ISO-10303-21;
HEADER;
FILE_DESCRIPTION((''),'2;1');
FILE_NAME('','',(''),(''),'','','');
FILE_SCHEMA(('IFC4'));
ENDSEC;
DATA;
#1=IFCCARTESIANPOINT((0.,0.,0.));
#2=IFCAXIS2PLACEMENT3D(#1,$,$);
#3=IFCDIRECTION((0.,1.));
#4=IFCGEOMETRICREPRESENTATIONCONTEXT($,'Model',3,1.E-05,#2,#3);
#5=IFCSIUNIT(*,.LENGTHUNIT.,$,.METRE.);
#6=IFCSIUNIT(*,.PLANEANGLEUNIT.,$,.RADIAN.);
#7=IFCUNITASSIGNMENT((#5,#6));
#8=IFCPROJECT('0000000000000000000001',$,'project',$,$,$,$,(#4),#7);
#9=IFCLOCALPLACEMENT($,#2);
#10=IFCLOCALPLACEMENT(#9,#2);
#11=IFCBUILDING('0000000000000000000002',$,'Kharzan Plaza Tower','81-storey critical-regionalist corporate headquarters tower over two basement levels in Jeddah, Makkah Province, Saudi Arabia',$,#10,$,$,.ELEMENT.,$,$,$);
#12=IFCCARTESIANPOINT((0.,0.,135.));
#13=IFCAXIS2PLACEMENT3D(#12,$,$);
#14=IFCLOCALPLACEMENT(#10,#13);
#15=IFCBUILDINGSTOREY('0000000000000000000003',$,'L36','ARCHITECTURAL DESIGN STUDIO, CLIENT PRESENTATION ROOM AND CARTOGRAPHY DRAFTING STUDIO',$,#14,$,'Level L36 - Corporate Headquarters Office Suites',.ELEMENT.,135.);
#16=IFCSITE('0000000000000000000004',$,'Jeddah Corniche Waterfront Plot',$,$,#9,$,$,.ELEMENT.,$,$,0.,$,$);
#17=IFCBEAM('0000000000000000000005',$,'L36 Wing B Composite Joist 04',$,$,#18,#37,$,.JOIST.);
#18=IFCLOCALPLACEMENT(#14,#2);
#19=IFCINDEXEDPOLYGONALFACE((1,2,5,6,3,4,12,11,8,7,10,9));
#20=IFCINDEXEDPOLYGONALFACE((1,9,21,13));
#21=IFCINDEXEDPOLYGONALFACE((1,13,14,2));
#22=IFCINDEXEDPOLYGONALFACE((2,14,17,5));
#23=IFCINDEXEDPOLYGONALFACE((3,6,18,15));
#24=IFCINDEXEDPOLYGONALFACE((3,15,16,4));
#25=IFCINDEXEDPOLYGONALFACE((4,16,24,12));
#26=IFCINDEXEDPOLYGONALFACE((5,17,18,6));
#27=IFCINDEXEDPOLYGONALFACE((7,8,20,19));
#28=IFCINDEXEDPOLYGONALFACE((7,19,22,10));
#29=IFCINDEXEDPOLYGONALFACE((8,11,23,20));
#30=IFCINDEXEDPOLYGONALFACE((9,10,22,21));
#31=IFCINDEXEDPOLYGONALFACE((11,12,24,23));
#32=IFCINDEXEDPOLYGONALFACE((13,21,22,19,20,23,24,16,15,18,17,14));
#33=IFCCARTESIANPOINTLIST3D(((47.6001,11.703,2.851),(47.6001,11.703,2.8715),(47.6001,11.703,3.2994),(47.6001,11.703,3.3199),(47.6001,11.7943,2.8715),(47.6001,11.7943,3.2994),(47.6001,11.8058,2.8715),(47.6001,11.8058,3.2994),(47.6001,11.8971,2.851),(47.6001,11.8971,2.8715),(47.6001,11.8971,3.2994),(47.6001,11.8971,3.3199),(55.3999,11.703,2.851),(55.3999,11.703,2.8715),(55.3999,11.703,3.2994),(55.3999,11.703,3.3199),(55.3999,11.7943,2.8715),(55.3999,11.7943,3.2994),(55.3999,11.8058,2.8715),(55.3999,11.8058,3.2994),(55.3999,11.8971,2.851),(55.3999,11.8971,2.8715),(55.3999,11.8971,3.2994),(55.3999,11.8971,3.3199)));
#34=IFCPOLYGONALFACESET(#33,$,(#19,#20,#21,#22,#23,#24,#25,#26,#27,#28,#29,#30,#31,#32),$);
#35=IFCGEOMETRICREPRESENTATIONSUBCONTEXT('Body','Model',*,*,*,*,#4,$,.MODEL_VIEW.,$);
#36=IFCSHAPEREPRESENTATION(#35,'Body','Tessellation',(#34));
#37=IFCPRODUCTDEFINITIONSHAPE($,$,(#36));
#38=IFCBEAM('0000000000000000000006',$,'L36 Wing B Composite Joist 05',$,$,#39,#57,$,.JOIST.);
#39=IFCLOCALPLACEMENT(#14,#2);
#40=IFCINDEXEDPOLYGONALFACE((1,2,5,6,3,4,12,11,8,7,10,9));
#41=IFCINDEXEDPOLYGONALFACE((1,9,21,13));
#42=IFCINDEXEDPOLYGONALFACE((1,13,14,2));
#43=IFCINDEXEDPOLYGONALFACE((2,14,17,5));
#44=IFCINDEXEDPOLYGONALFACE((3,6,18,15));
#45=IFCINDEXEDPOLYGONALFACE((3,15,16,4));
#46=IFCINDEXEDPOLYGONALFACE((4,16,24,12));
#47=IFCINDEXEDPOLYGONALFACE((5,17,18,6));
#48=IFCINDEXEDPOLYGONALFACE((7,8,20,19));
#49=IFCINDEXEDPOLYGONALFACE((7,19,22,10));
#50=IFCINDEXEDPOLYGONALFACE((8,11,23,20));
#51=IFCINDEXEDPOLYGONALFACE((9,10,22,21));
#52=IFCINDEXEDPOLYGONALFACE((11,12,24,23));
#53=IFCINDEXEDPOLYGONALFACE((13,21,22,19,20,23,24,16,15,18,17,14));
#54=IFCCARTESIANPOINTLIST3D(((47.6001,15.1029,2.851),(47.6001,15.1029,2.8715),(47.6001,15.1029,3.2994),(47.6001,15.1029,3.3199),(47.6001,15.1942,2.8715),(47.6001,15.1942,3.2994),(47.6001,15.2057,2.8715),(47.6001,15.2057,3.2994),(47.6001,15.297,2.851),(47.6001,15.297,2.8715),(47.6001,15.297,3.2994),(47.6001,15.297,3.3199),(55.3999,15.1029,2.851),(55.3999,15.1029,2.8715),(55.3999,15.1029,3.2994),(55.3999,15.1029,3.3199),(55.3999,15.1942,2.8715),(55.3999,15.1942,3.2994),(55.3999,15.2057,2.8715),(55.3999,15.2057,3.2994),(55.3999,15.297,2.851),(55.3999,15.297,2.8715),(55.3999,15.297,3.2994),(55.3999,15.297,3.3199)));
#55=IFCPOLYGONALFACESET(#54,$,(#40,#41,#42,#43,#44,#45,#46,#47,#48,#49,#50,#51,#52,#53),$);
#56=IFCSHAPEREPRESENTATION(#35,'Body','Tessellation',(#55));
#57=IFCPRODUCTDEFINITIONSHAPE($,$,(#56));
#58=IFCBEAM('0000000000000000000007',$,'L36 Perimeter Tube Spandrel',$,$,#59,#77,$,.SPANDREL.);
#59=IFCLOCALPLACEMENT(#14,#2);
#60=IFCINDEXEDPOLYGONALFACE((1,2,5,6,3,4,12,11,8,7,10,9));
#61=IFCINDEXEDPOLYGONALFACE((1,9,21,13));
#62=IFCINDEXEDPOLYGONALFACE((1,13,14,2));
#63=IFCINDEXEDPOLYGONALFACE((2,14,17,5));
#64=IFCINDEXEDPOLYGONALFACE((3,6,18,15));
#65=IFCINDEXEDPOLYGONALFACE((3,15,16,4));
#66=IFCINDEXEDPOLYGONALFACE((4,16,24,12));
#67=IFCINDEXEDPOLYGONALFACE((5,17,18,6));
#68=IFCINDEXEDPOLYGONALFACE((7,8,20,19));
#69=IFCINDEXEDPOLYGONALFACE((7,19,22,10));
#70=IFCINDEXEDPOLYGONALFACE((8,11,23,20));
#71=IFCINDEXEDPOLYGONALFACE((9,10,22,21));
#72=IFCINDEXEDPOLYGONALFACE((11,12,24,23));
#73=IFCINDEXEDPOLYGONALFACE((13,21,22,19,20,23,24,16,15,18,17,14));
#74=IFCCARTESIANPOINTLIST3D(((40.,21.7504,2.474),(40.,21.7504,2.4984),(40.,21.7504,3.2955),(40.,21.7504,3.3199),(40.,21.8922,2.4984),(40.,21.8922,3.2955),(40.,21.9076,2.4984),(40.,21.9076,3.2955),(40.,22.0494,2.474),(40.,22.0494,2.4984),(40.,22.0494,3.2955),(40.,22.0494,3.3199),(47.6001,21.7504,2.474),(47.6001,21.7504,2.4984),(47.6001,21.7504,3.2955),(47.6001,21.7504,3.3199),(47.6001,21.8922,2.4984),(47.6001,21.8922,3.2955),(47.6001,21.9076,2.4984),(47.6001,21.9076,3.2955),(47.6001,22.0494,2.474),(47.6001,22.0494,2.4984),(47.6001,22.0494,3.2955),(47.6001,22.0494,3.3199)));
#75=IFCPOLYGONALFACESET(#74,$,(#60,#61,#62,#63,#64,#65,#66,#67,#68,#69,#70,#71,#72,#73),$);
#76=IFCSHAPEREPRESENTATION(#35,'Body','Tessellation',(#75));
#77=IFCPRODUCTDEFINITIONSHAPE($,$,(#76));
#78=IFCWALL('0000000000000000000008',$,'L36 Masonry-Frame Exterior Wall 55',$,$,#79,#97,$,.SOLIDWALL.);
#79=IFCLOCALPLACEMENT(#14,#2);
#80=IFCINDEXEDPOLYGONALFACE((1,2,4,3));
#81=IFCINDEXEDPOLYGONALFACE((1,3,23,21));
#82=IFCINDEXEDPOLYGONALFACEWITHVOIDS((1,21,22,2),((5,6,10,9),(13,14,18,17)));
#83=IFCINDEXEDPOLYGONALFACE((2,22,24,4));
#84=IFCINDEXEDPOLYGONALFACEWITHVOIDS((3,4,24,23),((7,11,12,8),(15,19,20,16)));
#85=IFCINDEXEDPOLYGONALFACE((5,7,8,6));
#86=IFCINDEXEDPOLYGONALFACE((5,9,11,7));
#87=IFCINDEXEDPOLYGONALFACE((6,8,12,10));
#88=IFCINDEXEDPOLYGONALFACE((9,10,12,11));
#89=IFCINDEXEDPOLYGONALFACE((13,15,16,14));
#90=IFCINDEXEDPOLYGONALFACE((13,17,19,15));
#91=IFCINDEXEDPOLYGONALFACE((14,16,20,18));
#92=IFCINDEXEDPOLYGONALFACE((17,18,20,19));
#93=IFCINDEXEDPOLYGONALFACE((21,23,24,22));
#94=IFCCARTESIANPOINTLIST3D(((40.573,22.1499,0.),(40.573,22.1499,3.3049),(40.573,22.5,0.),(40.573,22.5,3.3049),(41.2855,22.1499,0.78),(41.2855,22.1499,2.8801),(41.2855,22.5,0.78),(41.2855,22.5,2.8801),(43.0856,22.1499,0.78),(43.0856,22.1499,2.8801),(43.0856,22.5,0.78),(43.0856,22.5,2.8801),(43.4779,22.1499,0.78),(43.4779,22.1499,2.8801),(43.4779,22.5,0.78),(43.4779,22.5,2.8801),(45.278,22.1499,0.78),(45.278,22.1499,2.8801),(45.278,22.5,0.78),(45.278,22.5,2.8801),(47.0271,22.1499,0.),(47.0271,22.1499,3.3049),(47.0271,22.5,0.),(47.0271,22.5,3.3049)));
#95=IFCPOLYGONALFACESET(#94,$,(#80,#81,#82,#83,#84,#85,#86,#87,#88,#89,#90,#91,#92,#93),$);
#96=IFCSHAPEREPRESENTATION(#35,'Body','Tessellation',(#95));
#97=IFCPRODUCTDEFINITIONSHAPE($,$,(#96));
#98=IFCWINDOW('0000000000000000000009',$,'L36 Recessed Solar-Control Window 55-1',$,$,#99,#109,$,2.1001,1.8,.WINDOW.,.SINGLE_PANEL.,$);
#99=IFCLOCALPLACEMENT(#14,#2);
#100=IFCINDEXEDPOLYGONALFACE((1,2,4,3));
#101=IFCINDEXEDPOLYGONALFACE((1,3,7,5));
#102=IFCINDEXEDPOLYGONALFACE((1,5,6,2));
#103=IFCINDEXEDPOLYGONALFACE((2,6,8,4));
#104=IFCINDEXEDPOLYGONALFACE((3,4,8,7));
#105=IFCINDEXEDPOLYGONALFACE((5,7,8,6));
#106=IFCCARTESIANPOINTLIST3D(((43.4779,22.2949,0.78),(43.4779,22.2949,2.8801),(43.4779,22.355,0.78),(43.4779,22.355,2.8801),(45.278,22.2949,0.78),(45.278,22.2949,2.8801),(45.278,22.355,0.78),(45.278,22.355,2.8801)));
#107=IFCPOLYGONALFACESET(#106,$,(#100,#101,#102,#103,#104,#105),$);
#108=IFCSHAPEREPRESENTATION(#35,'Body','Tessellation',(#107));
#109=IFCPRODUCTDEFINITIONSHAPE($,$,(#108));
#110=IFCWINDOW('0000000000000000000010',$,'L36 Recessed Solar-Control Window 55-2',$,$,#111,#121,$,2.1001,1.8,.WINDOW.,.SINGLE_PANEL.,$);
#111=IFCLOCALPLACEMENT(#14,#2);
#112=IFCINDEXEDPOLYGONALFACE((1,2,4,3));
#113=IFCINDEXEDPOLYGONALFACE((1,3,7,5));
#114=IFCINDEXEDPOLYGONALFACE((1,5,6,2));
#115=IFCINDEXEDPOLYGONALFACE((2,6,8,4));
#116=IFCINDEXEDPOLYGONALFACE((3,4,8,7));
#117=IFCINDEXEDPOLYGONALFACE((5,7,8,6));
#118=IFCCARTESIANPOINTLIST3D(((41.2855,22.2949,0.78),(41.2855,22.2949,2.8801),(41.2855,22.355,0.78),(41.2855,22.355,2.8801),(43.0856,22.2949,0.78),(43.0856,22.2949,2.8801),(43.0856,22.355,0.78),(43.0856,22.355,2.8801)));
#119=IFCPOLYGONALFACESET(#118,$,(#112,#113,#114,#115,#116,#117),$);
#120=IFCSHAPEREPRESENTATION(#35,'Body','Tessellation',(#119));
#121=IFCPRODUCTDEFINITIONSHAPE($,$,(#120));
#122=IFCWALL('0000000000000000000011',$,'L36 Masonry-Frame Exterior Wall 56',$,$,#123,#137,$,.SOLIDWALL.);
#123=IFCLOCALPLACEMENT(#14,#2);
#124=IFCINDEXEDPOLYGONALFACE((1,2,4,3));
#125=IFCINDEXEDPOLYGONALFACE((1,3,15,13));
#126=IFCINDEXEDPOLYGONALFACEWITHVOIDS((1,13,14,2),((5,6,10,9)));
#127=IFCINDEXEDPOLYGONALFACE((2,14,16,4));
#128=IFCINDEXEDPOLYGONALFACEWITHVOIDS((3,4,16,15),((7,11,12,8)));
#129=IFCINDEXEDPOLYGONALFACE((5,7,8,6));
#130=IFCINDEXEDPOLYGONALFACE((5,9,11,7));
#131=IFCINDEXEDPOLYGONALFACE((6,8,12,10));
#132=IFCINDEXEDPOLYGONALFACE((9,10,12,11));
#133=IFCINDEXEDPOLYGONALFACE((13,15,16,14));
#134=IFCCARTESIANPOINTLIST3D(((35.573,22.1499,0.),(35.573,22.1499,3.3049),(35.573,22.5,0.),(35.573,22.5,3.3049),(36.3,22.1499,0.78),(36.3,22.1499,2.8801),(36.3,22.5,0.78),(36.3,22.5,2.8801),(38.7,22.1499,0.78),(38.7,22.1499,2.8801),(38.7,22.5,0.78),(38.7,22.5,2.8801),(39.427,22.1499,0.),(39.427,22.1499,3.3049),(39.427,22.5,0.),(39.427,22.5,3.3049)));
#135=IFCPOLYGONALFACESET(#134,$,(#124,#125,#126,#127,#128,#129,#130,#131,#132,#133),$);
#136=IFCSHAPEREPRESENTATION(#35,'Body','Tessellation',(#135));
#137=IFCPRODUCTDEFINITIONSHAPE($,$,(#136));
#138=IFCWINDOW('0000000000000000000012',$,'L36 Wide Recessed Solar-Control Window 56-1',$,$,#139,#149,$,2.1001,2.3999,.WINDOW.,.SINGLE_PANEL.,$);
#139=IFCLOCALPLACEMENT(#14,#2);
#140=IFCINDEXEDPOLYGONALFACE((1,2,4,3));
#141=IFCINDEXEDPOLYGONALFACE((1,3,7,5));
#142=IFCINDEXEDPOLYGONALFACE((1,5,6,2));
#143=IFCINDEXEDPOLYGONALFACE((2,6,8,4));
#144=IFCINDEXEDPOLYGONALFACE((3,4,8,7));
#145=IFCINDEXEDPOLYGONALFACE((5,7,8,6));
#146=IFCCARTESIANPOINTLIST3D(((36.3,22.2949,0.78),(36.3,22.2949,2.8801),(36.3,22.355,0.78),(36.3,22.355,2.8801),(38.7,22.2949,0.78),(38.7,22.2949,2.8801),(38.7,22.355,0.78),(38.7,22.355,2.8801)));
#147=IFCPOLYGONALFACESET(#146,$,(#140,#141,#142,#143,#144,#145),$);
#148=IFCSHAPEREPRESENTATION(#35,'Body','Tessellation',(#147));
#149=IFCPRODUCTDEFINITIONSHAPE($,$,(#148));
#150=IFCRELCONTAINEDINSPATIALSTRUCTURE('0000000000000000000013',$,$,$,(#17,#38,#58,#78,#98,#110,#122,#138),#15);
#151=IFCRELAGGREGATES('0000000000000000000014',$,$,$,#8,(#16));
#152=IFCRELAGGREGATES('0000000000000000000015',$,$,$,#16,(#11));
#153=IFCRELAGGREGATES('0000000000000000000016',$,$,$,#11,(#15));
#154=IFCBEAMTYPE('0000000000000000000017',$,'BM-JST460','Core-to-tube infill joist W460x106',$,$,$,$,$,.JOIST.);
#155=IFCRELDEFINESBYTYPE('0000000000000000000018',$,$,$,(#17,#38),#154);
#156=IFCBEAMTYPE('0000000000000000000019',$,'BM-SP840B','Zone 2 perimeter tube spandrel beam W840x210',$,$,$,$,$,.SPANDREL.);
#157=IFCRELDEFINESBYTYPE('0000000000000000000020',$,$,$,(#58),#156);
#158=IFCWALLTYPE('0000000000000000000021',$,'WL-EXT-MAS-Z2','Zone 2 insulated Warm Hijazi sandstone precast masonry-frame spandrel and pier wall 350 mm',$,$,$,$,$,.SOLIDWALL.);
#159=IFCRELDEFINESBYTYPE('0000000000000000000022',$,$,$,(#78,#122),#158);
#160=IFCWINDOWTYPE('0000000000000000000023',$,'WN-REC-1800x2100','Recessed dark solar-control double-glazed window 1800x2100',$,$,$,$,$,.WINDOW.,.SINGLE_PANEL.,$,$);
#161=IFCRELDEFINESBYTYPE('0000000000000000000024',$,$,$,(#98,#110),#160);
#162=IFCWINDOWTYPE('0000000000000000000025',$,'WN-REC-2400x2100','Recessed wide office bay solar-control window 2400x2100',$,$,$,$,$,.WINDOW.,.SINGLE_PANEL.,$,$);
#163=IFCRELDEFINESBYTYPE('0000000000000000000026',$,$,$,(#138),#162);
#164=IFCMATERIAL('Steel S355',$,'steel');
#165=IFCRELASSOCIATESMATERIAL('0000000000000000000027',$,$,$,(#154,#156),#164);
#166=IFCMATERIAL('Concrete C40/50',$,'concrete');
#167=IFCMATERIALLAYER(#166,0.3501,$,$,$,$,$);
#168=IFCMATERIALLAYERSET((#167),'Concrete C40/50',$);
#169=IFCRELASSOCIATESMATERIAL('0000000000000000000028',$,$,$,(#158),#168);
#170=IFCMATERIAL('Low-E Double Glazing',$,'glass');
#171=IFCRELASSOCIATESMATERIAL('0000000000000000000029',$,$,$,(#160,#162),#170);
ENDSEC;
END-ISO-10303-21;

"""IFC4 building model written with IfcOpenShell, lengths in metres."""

from ifc_helpers import new_model, si_unit, direction, frame, frame_2d, origin, origin_2d, place, context, subcontext, project, spatial, rectangle, i_section, extrude, source, transform, mapped, material, layer, layer_set, material_profile, profile_set, type_object, element, fill, save


model = new_model("IFC4")

# Units and contexts
model_context = context("Model", 3, precision=1e-05, world=origin(), true_north=direction((0.0, 1.0)))
body_context = subcontext(model_context, "Body", "Model", "MODEL_VIEW")
ifc_project = project(units=[si_unit("LENGTHUNIT", "METRE"), si_unit("PLANEANGLEUNIT", "RADIAN")], contexts=[model_context])

# Site, building, storey
site_placement = place(None, origin())
site = spatial("IfcSite", under=ifc_project, at=site_placement, Name="Jeddah Corniche Waterfront Plot", CompositionType="ELEMENT", RefElevation=0.0)
building_placement = place(site_placement, origin())
building = spatial("IfcBuilding", under=site, at=building_placement, Name="Kharzan Plaza Tower", Description="81-storey critical-regionalist corporate headquarters tower over two basement levels in Jeddah, Makkah Province, Saudi Arabia", CompositionType="ELEMENT")
storey_placement = place(building_placement, frame((0.0, 0.0, 135.0)))
storey = spatial("IfcBuildingStorey", under=building, at=storey_placement, Name="L36", Description="ARCHITECTURAL DESIGN STUDIO, CLIENT PRESENTATION ROOM AND CARTOGRAPHY DRAFTING STUDIO", LongName="Level L36 - Corporate Headquarters Office Suites", CompositionType="ELEMENT", Elevation=135.0)

# Beams
ifc_material_1 = material(Name="Steel S355", Category="steel")
ifc_material_profile_1 = material_profile(ifc_material_1, i_section(OverallWidth=0.1941, OverallDepth=0.469, WebThickness=0.0115, FlangeThickness=0.0205, at=origin_2d()), Name="W460x106")
ifc_profile_set_1 = profile_set([ifc_material_profile_1], Name="Steel S355")
beam_type_1 = type_object("IfcBeamType", Name="BM-JST460", Description="Core-to-tube infill joist W460x106", PredefinedType="JOIST", material=ifc_profile_set_1)
shared_shape_1 = source(origin(), body_context, "Body", "SweptSolid", [
    extrude(i_section(OverallWidth=0.1941, OverallDepth=0.469, WebThickness=0.0115, FlangeThickness=0.0205, at=origin_2d()), origin(), (0.0, 0.0, 1.0), 7.7998),
])
for number, where, z_axis, x_axis, name in (
    (1, (47.6001, 11.8, 3.0854), (1.0, 0.0, 0.0), (0.0, 1.0, 0.0), "L36 Wing B Composite Joist 04"),
    (2, (47.6001, 15.2, 3.0854), (1.0, 0.0, 0.0), (0.0, 1.0, 0.0), "L36 Wing B Composite Joist 05"),
):
    element("IfcBeam", number, at=place(storey_placement, frame(where, z_axis=z_axis, x_axis=x_axis)), inside=storey, type_object=beam_type_1, Name=name, PredefinedType="JOIST", context=body_context, shape_type="MappedRepresentation", body=[
        mapped(shared_shape_1, transform((0.0, 0.0, 0.0), x_axis=(1.0, 0.0, 0.0), y_axis=(0.0, 1.0, 0.0), z_axis=(0.0, 0.0, 1.0))),
    ])
ifc_material_profile_2 = material_profile(ifc_material_1, i_section(OverallWidth=0.2991, OverallDepth=0.8459, WebThickness=0.0154, FlangeThickness=0.0244, at=origin_2d()), Name="W840x210")
ifc_profile_set_2 = profile_set([ifc_material_profile_2], Name="Steel S355")
beam_type_2 = type_object("IfcBeamType", Name="BM-SP840B", Description="Zone 2 perimeter tube spandrel beam W840x210", PredefinedType="SPANDREL", material=ifc_profile_set_2)
shared_shape_2 = source(origin(), body_context, "Body", "SweptSolid", [
    extrude(i_section(OverallWidth=0.2991, OverallDepth=0.8459, WebThickness=0.0154, FlangeThickness=0.0244, at=origin_2d()), origin(), (0.0, 0.0, 1.0), 7.6001),
])
beam_1_placement = place(storey_placement, frame((40.0, 21.8999, 2.897), z_axis=(1.0, 0.0, 0.0), x_axis=(0.0, 1.0, 0.0)))
element("IfcBeam", 3, at=beam_1_placement, inside=storey, type_object=beam_type_2, Name="L36 Perimeter Tube Spandrel", PredefinedType="SPANDREL", context=body_context, shape_type="MappedRepresentation", body=[
    mapped(shared_shape_2, transform((0.0, 0.0, 0.0), x_axis=(1.0, 0.0, 0.0), y_axis=(0.0, 1.0, 0.0), z_axis=(0.0, 0.0, 1.0))),
])

# Wall, openings, windows
ifc_material_2 = material(Name="Concrete C40/50", Category="concrete")
ifc_layer_1 = layer(ifc_material_2, 0.3501)
ifc_layer_set_1 = layer_set([ifc_layer_1], Name="Concrete C40/50")
wall_type_1 = type_object("IfcWallType", Name="WL-EXT-MAS-Z2", Description="Zone 2 insulated Warm Hijazi sandstone precast masonry-frame spandrel and pier wall 350 mm", PredefinedType="SOLIDWALL", material=ifc_layer_set_1)
wall_1_placement = place(storey_placement, frame((47.0271, 22.325, 0.0), z_axis=(0.0, 0.0, 1.0), x_axis=(-1.0, 0.0, 0.0)))
wall_1 = element("IfcWall", 4, at=wall_1_placement, inside=storey, type_object=wall_type_1, Name="L36 Masonry-Frame Exterior Wall 55", PredefinedType="SOLIDWALL", context=body_context, shape_type="SweptSolid", body=[
    extrude(rectangle(XDim=6.4541, YDim=0.3501, at=frame_2d((3.2271, 0.0))), origin(), (0.0, 0.0, 1.0), 3.3049),
])
opening_1_placement = place(wall_1_placement, frame((1.7493, 0.0, 0.78)))
opening_1 = element("IfcOpeningElement", 5, at=opening_1_placement, cuts=wall_1, PredefinedType="OPENING", context=body_context, shape_type="SweptSolid", body=[
    extrude(rectangle(XDim=1.8, YDim=2.1001, at=frame_2d((0.8999, 1.05))), frame((0.0, 0.1851, 0.0), z_axis=(0.0, -1.0, 0.0), x_axis=(1.0, 0.0, 0.0)), (0.0, 0.0, 1.0), 0.3701),
])
opening_2_placement = place(wall_1_placement, frame((3.9417, 0.0, 0.78)))
opening_2 = element("IfcOpeningElement", 6, at=opening_2_placement, cuts=wall_1, PredefinedType="OPENING", context=body_context, shape_type="SweptSolid", body=[
    extrude(rectangle(XDim=1.8, YDim=2.1001, at=frame_2d((0.8999, 1.05))), frame((0.0, 0.1851, 0.0), z_axis=(0.0, -1.0, 0.0), x_axis=(1.0, 0.0, 0.0)), (0.0, 0.0, 1.0), 0.3701),
])
ifc_material_3 = material(Name="Low-E Double Glazing", Category="glass")
window_type_1 = type_object("IfcWindowType", Name="WN-REC-1800x2100", Description="Recessed dark solar-control double-glazed window 1800x2100", PartitioningType="SINGLE_PANEL", PredefinedType="WINDOW", material=ifc_material_3)
shared_shape_3 = source(origin(), body_context, "Body", "SweptSolid", [
    extrude(rectangle(XDim=1.8, YDim=2.1001, at=frame_2d((0.8999, 1.05))), frame((0.0, 0.03, 0.0), z_axis=(0.0, -1.0, 0.0), x_axis=(1.0, 0.0, 0.0)), (0.0, 0.0, 1.0), 0.0601),
])
window_1_placement = place(opening_1_placement, origin())
window_1 = element("IfcWindow", 7, at=window_1_placement, inside=storey, type_object=window_type_1, Name="L36 Recessed Solar-Control Window 55-1", OverallHeight=2.1001, OverallWidth=1.8, PartitioningType="SINGLE_PANEL", PredefinedType="WINDOW", context=body_context, shape_type="MappedRepresentation", body=[
    mapped(shared_shape_3, transform((0.0, 0.0, 0.0), x_axis=(1.0, 0.0, 0.0), y_axis=(0.0, 1.0, 0.0), z_axis=(0.0, 0.0, 1.0))),
])
fill(opening_1, window_1)
window_2_placement = place(opening_2_placement, origin())
window_2 = element("IfcWindow", 8, at=window_2_placement, inside=storey, type_object=window_type_1, Name="L36 Recessed Solar-Control Window 55-2", OverallHeight=2.1001, OverallWidth=1.8, PartitioningType="SINGLE_PANEL", PredefinedType="WINDOW", context=body_context, shape_type="MappedRepresentation", body=[
    mapped(shared_shape_3, transform((0.0, 0.0, 0.0), x_axis=(1.0, 0.0, 0.0), y_axis=(0.0, 1.0, 0.0), z_axis=(0.0, 0.0, 1.0))),
])
fill(opening_2, window_2)

# Wall, opening, window
wall_2_placement = place(storey_placement, frame((39.427, 22.325, 0.0), z_axis=(0.0, 0.0, 1.0), x_axis=(-1.0, 0.0, 0.0)))
wall_2 = element("IfcWall", 9, at=wall_2_placement, inside=storey, type_object=wall_type_1, Name="L36 Masonry-Frame Exterior Wall 56", PredefinedType="SOLIDWALL", context=body_context, shape_type="SweptSolid", body=[
    extrude(rectangle(XDim=3.854, YDim=0.3501, at=frame_2d((1.927, 0.0))), origin(), (0.0, 0.0, 1.0), 3.3049),
])
opening_3_placement = place(wall_2_placement, frame((0.7271, 0.0, 0.78)))
opening_3 = element("IfcOpeningElement", 10, at=opening_3_placement, cuts=wall_2, PredefinedType="OPENING", context=body_context, shape_type="SweptSolid", body=[
    extrude(rectangle(XDim=2.3999, YDim=2.1001, at=frame_2d((1.2, 1.05))), frame((0.0, 0.1851, 0.0), z_axis=(0.0, -1.0, 0.0), x_axis=(1.0, 0.0, 0.0)), (0.0, 0.0, 1.0), 0.3701),
])
window_type_2 = type_object("IfcWindowType", Name="WN-REC-2400x2100", Description="Recessed wide office bay solar-control window 2400x2100", PartitioningType="SINGLE_PANEL", PredefinedType="WINDOW", material=ifc_material_3)
shared_shape_4 = source(origin(), body_context, "Body", "SweptSolid", [
    extrude(rectangle(XDim=2.3999, YDim=2.1001, at=frame_2d((1.2, 1.05))), frame((0.0, 0.03, 0.0), z_axis=(0.0, -1.0, 0.0), x_axis=(1.0, 0.0, 0.0)), (0.0, 0.0, 1.0), 0.0601),
])
window_3_placement = place(opening_3_placement, origin())
window_3 = element("IfcWindow", 11, at=window_3_placement, inside=storey, type_object=window_type_2, Name="L36 Wide Recessed Solar-Control Window 56-1", OverallHeight=2.1001, OverallWidth=2.3999, PartitioningType="SINGLE_PANEL", PredefinedType="WINDOW", context=body_context, shape_type="MappedRepresentation", body=[
    mapped(shared_shape_4, transform((0.0, 0.0, 0.0), x_axis=(1.0, 0.0, 0.0), y_axis=(0.0, 1.0, 0.0), z_axis=(0.0, 0.0, 1.0))),
])
fill(opening_3, window_3)

save(model, "model.ifc")
